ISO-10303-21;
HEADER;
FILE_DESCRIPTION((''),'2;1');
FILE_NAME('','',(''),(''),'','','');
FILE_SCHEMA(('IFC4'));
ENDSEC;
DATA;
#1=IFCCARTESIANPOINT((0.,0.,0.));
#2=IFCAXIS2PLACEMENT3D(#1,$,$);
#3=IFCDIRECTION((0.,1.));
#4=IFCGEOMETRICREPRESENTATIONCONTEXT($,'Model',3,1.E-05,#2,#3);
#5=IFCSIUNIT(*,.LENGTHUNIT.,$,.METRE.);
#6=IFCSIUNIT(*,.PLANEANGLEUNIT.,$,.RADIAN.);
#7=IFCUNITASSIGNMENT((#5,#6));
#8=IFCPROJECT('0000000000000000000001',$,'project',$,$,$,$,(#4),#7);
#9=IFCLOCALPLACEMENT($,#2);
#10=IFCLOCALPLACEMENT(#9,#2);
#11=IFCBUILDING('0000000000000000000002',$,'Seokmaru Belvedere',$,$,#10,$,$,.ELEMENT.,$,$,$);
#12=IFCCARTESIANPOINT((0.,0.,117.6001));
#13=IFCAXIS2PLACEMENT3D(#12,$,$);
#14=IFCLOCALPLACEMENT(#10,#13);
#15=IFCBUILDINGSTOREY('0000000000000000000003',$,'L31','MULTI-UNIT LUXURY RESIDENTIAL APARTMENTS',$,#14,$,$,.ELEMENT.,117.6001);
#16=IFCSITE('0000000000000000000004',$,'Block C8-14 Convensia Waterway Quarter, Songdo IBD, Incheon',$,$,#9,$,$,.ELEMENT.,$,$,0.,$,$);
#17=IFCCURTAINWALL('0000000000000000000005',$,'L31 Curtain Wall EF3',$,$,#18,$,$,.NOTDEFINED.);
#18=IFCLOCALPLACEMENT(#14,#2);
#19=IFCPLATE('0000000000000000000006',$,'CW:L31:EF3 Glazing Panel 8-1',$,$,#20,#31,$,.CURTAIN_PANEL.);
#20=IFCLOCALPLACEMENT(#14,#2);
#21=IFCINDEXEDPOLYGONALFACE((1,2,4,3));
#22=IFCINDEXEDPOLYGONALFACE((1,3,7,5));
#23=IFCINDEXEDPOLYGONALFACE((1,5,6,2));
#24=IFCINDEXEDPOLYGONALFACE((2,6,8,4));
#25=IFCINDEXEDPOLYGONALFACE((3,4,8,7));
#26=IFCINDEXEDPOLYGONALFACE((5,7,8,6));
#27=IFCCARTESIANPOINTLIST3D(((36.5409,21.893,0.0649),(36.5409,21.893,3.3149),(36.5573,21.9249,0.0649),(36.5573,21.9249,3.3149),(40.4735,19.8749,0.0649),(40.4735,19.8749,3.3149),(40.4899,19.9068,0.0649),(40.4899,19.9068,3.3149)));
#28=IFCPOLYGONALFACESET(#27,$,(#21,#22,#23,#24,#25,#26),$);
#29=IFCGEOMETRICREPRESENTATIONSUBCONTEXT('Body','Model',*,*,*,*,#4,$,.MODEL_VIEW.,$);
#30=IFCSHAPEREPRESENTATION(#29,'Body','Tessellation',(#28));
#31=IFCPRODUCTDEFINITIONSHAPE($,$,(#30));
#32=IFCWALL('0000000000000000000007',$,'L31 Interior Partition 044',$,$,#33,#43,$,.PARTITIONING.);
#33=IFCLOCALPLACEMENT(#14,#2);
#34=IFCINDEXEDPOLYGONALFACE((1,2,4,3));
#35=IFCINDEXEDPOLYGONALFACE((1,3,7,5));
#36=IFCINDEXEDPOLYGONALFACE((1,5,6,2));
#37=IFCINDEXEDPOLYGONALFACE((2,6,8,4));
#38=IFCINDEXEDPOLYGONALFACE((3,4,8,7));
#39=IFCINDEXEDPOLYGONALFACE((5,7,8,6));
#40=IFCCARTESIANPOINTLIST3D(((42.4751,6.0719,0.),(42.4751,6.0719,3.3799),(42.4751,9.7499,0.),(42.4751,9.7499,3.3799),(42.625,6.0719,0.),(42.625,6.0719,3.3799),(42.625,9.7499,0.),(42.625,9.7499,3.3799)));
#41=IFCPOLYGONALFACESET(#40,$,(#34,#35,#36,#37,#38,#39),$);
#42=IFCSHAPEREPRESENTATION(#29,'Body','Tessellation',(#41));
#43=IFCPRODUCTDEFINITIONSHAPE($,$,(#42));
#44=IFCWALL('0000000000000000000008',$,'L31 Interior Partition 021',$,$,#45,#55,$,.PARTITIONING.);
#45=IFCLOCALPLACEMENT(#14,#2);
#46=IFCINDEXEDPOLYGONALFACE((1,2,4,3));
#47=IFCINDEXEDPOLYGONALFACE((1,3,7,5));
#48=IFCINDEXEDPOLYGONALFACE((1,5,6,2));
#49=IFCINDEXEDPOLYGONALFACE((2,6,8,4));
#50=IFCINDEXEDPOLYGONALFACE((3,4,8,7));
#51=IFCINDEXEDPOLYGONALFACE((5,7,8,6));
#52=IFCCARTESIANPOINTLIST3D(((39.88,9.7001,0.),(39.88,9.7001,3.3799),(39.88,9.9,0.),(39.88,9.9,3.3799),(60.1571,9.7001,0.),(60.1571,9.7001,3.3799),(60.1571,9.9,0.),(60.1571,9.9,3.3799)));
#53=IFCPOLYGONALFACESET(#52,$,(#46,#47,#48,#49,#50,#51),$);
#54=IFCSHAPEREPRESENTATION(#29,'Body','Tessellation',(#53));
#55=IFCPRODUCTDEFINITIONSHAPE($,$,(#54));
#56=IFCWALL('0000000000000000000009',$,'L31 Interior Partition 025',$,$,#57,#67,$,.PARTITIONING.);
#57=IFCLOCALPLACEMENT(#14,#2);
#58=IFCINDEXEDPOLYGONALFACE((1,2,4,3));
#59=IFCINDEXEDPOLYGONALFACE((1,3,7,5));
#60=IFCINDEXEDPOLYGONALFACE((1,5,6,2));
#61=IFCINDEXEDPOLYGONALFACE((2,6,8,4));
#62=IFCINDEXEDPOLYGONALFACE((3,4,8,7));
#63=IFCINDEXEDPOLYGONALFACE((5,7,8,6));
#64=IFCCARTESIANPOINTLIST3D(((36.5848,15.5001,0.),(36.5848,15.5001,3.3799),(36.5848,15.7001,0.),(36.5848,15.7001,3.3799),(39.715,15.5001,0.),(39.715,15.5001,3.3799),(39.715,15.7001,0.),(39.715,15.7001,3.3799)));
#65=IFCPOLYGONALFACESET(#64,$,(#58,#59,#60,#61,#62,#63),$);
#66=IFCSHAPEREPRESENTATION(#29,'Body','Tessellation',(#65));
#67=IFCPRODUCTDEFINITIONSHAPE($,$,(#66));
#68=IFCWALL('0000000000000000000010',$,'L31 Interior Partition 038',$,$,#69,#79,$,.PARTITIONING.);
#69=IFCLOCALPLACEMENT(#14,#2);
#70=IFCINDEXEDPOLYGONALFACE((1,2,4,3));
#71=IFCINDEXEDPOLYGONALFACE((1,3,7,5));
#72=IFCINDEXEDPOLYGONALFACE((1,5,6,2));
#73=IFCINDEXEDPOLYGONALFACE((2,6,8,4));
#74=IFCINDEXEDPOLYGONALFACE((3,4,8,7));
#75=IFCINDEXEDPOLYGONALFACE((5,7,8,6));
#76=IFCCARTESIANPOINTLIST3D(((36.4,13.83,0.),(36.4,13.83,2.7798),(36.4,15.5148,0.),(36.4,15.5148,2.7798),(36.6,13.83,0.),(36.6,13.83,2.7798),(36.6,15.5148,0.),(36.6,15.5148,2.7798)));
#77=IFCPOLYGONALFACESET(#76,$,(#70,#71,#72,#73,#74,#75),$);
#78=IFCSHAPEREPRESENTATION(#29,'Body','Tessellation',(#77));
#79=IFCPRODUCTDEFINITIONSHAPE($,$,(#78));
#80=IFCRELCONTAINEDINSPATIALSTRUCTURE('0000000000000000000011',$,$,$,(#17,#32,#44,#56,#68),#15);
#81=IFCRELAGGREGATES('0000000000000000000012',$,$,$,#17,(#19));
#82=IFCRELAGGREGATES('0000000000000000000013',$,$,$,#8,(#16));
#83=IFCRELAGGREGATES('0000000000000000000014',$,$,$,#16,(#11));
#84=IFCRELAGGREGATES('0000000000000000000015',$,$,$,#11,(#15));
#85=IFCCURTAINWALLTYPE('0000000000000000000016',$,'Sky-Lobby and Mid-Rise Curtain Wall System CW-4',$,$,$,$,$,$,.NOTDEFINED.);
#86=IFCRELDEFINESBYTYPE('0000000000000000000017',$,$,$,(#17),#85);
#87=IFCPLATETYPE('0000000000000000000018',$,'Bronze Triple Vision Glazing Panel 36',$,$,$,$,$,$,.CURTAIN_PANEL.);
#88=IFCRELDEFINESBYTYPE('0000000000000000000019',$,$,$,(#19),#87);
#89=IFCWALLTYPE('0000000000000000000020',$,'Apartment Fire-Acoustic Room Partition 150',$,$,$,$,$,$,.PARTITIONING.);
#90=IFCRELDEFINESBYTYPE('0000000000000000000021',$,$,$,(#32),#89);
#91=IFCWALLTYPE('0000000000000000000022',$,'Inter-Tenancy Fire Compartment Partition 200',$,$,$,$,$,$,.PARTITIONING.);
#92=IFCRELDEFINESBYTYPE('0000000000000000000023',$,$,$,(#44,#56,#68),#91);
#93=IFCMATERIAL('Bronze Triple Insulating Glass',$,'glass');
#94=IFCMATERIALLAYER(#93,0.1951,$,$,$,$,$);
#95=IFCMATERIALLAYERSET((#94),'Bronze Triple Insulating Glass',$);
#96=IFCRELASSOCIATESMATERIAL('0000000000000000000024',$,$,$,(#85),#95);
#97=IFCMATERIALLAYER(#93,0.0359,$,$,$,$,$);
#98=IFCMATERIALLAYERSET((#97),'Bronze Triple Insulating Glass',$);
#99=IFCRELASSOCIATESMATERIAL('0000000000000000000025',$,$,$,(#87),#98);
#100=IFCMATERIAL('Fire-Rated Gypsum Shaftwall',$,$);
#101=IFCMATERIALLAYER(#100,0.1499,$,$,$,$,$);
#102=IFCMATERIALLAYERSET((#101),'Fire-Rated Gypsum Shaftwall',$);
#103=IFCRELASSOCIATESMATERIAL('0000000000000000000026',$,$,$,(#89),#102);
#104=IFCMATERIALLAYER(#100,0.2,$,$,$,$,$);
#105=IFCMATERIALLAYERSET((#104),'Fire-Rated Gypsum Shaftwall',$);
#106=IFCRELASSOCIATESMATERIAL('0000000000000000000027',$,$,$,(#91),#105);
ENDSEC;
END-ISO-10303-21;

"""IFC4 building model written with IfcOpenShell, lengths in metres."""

from ifc_helpers import new_model, si_unit, direction, frame, frame_2d, origin, origin_2d, place, context, subcontext, project, spatial, rectangle, extrude, source, transform, mapped, material, layer, layer_set, type_object, type_shapes, element, aggregate, save


model = new_model("IFC4")

# Units and contexts
model_context = context("Model", 3, precision=1e-05, world=origin(), true_north=direction((0.0, 1.0)))
body_context = subcontext(model_context, "Body", "Model", "MODEL_VIEW")
ifc_project = project(units=[si_unit("LENGTHUNIT", "METRE"), si_unit("PLANEANGLEUNIT", "RADIAN")], contexts=[model_context])

# Site, building, storey
site_placement = place(None, origin())
site = spatial("IfcSite", under=ifc_project, at=site_placement, Name="Block C8-14 Convensia Waterway Quarter, Songdo IBD, Incheon", CompositionType="ELEMENT", RefElevation=0.0)
building_placement = place(site_placement, origin())
building = spatial("IfcBuilding", under=site, at=building_placement, Name="Seokmaru Belvedere", CompositionType="ELEMENT")
storey_placement = place(building_placement, frame((0.0, 0.0, 117.6001)))
storey = spatial("IfcBuildingStorey", under=building, at=storey_placement, Name="L31", Description="MULTI-UNIT LUXURY RESIDENTIAL APARTMENTS", CompositionType="ELEMENT", Elevation=117.6001)

# Curtain wall, plate
ifc_material_1 = material(Name="Bronze Triple Insulating Glass", Category="glass")
ifc_layer_1 = layer(ifc_material_1, 0.1951)
ifc_layer_set_1 = layer_set([ifc_layer_1], Name="Bronze Triple Insulating Glass")
curtain_wall_type = type_object("IfcCurtainWallType", Name="Sky-Lobby and Mid-Rise Curtain Wall System CW-4", PredefinedType="NOTDEFINED", material=ifc_layer_set_1)
curtain_wall_placement = place(storey_placement, origin())
curtain_wall = element("IfcCurtainWall", 1, at=curtain_wall_placement, inside=storey, type_object=curtain_wall_type, Name="L31 Curtain Wall EF3", PredefinedType="NOTDEFINED")
ifc_layer_2 = layer(ifc_material_1, 0.0359)
ifc_layer_set_2 = layer_set([ifc_layer_2], Name="Bronze Triple Insulating Glass")
plate_type = type_object("IfcPlateType", Name="Bronze Triple Vision Glazing Panel 36", PredefinedType="CURTAIN_PANEL", material=ifc_layer_set_2)
shared_shape_1 = source(origin(), body_context, "Body", "SweptSolid", [
    extrude(rectangle(XDim=4.4202, YDim=0.0359, at=origin_2d()), origin(), (0.0, 0.0, 1.0), 3.25),
])
type_shapes(plate_type, [shared_shape_1])
plate_1_placement = place(storey_placement, frame((38.5154, 20.8999, 0.0649), z_axis=(0.0, 0.0, 1.0), x_axis=(-0.889695, 0.456555, 0.0)))
plate_1 = element("IfcPlate", 2, at=plate_1_placement, type_object=plate_type, Name="CW:L31:EF3 Glazing Panel 8-1", PredefinedType="CURTAIN_PANEL", context=body_context, shape_type="MappedRepresentation", body=[
    mapped(shared_shape_1, transform((0.0, 0.0, 0.0), scale=1.0)),
])
aggregate(curtain_wall, [plate_1])

# Shared definitions
ifc_material_2 = material(Name="Fire-Rated Gypsum Shaftwall")
ifc_layer_3 = layer(ifc_material_2, 0.1499)
ifc_layer_set_3 = layer_set([ifc_layer_3], Name="Fire-Rated Gypsum Shaftwall")
wall_type_1 = type_object("IfcWallType", Name="Apartment Fire-Acoustic Room Partition 150", PredefinedType="PARTITIONING", material=ifc_layer_set_3)

# Walls
wall_1_placement = place(storey_placement, frame((42.55, 6.072, 0.0), z_axis=(0.0, 0.0, 1.0), x_axis=(0.0, 1.0, 0.0)))
element("IfcWall", 3, at=wall_1_placement, inside=storey, type_object=wall_type_1, Name="L31 Interior Partition 044", PredefinedType="PARTITIONING", context=body_context, shape_type="SweptSolid", body=[
    extrude(rectangle(XDim=3.678, YDim=0.1499, at=frame_2d((1.8389, 0.0))), origin(), (0.0, 0.0, 1.0), 3.3799),
])
ifc_layer_4 = layer(ifc_material_2, 0.2)
ifc_layer_set_4 = layer_set([ifc_layer_4], Name="Fire-Rated Gypsum Shaftwall")
wall_type_2 = type_object("IfcWallType", Name="Inter-Tenancy Fire Compartment Partition 200", PredefinedType="PARTITIONING", material=ifc_layer_set_4)
wall_2_placement = place(storey_placement, frame((39.8799, 9.8, 0.0), z_axis=(0.0, 0.0, 1.0), x_axis=(1.0, 0.0, 0.0)))
element("IfcWall", 4, at=wall_2_placement, inside=storey, type_object=wall_type_2, Name="L31 Interior Partition 021", PredefinedType="PARTITIONING", context=body_context, shape_type="SweptSolid", body=[
    extrude(rectangle(XDim=20.2771, YDim=0.2, at=frame_2d((10.1387, 0.0))), origin(), (0.0, 0.0, 1.0), 3.3799),
])
wall_3_placement = place(storey_placement, frame((36.585, 15.6001, 0.0), z_axis=(0.0, 0.0, 1.0), x_axis=(1.0, 0.0, 0.0)))
element("IfcWall", 5, at=wall_3_placement, inside=storey, type_object=wall_type_2, Name="L31 Interior Partition 025", PredefinedType="PARTITIONING", context=body_context, shape_type="SweptSolid", body=[
    extrude(rectangle(XDim=3.1301, YDim=0.2, at=frame_2d((1.5649, 0.0))), origin(), (0.0, 0.0, 1.0), 3.3799),
])
wall_4_placement = place(storey_placement, frame((36.5, 13.8301, 0.0), z_axis=(0.0, 0.0, 1.0), x_axis=(0.0, 1.0, 0.0)))
element("IfcWall", 6, at=wall_4_placement, inside=storey, type_object=wall_type_2, Name="L31 Interior Partition 038", PredefinedType="PARTITIONING", context=body_context, shape_type="SweptSolid", body=[
    extrude(rectangle(XDim=1.6848, YDim=0.2, at=frame_2d((0.8423, 0.0))), origin(), (0.0, 0.0, 1.0), 2.7798),
])

save(model, "model.ifc")
